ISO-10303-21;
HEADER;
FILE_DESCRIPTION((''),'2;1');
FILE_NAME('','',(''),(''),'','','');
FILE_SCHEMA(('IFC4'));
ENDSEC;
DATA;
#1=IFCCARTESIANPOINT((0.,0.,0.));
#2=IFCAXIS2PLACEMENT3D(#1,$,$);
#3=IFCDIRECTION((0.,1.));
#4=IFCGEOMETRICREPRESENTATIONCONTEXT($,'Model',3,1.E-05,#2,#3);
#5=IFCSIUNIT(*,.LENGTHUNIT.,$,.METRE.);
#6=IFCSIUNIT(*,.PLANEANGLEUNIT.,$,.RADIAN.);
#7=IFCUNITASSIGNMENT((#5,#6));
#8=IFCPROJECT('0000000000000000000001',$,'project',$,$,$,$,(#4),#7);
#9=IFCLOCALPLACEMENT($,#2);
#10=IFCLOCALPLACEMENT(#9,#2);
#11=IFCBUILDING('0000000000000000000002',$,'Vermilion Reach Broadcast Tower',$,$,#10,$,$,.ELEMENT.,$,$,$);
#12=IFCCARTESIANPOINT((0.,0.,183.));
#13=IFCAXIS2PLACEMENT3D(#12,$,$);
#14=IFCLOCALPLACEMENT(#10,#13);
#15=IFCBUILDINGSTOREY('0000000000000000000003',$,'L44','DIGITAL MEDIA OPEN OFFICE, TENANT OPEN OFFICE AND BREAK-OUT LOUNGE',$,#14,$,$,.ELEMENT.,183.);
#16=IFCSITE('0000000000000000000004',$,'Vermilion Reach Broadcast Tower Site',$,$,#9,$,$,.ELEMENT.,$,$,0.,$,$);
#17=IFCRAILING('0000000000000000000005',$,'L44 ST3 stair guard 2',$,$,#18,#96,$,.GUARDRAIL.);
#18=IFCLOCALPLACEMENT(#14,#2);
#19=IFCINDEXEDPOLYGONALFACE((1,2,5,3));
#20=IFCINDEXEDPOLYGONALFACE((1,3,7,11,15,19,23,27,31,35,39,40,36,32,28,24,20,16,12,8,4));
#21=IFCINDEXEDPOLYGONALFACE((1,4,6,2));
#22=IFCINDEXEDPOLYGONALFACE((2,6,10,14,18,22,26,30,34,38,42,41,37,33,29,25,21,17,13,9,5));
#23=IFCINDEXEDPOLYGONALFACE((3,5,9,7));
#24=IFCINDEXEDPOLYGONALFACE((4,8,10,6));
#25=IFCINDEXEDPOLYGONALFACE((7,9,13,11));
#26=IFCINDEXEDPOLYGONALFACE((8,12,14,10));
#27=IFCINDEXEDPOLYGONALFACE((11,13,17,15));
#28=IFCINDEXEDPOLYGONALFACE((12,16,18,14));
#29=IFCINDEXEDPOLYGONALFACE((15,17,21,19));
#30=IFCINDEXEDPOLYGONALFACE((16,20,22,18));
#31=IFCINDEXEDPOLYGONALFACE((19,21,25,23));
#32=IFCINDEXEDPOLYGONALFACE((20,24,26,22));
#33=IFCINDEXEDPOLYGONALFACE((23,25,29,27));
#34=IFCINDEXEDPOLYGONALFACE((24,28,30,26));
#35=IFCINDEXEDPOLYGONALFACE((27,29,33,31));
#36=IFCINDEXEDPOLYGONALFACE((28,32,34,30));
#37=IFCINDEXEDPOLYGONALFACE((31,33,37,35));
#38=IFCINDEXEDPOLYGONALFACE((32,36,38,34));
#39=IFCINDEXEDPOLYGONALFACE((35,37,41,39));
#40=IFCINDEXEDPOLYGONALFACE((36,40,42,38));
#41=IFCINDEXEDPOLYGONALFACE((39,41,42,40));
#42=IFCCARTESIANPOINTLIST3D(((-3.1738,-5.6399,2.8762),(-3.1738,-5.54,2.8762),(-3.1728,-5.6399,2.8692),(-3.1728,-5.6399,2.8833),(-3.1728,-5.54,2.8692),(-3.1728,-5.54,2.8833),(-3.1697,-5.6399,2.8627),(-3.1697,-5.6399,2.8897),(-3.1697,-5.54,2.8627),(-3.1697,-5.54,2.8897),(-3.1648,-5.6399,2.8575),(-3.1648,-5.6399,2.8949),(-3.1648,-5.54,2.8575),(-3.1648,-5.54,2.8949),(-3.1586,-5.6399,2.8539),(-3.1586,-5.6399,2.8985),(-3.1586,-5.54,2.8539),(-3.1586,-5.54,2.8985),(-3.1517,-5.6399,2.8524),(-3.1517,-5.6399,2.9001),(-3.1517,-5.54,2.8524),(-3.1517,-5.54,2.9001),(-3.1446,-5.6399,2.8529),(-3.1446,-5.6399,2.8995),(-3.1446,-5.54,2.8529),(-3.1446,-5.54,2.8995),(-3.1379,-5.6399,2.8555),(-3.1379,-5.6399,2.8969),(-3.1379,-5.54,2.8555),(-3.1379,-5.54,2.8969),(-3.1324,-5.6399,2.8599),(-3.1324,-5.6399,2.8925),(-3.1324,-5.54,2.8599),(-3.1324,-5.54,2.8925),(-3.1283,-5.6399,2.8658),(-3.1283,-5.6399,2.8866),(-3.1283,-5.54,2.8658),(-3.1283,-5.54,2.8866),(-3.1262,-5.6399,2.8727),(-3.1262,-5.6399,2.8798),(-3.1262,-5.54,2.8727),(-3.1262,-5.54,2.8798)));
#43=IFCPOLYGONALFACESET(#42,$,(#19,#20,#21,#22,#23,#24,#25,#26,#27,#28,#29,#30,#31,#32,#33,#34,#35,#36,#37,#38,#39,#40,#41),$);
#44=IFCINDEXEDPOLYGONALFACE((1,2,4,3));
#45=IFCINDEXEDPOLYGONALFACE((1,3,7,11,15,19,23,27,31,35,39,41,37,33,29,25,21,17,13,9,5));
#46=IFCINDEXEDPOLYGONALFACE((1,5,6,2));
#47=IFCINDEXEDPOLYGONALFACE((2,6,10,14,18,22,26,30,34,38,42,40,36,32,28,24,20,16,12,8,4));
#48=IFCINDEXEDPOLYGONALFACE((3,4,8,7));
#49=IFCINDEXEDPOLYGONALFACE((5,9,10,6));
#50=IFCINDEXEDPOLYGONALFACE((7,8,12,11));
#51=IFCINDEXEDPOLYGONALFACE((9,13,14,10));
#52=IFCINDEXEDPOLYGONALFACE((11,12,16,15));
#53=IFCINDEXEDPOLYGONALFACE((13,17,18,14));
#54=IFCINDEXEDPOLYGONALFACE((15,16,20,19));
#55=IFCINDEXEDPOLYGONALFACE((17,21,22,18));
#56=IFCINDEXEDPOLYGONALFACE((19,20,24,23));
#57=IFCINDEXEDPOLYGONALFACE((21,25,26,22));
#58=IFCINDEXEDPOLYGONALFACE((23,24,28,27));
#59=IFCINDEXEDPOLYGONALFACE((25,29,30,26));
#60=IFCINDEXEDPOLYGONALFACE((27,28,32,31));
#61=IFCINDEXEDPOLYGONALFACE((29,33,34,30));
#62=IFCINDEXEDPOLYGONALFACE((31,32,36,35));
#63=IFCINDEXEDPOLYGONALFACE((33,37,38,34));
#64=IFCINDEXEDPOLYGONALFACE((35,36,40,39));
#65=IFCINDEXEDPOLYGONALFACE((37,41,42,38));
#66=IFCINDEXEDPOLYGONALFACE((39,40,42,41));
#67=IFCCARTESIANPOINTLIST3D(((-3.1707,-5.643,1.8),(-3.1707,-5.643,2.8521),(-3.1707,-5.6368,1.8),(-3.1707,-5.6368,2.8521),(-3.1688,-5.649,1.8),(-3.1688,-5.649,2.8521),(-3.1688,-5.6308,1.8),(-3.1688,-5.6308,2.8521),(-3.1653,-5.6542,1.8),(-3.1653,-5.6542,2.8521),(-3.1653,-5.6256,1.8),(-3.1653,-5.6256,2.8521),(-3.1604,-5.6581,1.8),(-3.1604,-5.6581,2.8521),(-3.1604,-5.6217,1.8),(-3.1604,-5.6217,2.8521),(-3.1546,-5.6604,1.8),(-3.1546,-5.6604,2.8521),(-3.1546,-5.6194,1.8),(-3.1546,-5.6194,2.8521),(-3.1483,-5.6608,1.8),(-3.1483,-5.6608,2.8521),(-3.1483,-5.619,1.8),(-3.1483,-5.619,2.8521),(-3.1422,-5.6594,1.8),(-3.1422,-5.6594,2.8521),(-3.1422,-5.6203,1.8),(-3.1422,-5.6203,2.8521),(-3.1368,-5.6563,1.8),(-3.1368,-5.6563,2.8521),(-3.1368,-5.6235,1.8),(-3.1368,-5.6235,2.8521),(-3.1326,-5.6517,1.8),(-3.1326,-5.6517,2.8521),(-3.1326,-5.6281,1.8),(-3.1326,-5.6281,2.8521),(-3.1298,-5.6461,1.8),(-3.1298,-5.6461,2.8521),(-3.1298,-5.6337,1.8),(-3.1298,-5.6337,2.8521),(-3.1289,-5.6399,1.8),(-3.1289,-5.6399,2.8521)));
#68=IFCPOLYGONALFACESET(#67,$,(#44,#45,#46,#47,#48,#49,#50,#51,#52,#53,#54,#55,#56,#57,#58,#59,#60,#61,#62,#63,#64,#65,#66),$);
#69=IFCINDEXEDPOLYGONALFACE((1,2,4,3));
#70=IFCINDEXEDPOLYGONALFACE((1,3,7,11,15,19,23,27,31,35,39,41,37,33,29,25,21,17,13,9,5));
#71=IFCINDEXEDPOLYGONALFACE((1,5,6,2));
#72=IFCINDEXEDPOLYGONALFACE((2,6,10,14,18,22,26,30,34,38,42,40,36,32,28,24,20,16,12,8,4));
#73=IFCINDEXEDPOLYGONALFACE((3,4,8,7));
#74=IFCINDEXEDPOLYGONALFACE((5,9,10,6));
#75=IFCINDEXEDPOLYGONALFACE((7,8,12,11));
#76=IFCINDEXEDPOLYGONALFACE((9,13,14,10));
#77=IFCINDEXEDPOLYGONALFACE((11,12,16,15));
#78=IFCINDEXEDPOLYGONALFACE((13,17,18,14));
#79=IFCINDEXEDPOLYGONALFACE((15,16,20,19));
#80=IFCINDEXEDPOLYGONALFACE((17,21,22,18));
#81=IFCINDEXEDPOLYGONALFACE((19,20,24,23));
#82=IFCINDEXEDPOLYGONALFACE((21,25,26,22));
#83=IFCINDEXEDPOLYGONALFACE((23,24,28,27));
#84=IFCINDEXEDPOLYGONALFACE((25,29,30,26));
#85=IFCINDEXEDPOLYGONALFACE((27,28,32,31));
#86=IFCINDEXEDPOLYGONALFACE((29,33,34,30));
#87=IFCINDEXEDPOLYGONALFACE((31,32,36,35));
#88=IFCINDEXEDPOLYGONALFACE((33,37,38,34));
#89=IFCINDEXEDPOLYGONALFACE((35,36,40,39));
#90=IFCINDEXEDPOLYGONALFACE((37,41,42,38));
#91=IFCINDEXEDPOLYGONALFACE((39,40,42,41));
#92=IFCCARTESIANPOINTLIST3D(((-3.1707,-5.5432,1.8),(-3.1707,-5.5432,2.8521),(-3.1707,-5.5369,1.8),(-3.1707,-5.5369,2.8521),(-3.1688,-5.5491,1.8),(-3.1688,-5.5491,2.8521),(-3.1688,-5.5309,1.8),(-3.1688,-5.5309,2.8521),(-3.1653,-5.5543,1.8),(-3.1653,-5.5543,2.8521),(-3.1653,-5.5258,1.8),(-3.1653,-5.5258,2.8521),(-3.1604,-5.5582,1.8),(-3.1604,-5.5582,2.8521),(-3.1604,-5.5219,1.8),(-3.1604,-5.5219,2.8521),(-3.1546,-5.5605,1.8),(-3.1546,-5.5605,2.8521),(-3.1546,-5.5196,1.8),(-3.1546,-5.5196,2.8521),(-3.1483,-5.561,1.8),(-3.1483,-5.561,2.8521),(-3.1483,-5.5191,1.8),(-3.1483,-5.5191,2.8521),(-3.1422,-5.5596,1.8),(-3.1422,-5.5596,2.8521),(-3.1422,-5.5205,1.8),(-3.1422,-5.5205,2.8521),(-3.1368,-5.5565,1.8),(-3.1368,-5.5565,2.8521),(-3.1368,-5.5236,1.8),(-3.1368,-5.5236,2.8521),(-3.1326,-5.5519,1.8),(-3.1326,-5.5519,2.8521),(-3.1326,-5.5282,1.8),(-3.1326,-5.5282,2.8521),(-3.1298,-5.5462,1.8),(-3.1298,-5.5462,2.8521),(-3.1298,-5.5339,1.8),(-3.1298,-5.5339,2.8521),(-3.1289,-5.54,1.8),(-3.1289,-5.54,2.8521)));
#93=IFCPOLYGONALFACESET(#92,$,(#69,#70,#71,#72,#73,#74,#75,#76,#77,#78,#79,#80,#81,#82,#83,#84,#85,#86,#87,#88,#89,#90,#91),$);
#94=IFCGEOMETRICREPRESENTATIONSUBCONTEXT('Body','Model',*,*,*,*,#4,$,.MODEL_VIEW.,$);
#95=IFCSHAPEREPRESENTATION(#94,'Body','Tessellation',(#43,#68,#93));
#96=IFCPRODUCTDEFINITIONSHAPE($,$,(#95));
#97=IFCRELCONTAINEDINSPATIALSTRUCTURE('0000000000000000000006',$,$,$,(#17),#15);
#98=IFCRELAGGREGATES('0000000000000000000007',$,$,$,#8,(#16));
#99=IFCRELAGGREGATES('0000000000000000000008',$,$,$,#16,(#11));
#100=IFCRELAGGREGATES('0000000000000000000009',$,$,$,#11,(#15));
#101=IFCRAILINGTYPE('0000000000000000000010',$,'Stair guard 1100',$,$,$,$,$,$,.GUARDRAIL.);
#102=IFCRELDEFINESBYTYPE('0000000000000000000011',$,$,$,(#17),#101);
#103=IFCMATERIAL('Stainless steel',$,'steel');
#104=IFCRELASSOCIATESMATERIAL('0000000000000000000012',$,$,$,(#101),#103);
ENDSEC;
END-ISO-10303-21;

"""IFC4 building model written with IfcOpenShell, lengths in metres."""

from ifc_helpers import new_model, si_unit, direction, frame, origin, origin_2d, place, context, subcontext, project, spatial, circle, extrude, material, type_object, element, save


model = new_model("IFC4")

# Units and contexts
model_context = context("Model", 3, precision=1e-05, world=origin(), true_north=direction((0.0, 1.0)))
body_context = subcontext(model_context, "Body", "Model", "MODEL_VIEW")
ifc_project = project(units=[si_unit("LENGTHUNIT", "METRE"), si_unit("PLANEANGLEUNIT", "RADIAN")], contexts=[model_context])

# Site, building, storey
site_placement = place(None, origin())
site = spatial("IfcSite", under=ifc_project, at=site_placement, Name="Vermilion Reach Broadcast Tower Site", CompositionType="ELEMENT", RefElevation=0.0)
building_placement = place(site_placement, origin())
building = spatial("IfcBuilding", under=site, at=building_placement, Name="Vermilion Reach Broadcast Tower", CompositionType="ELEMENT")
storey_placement = place(building_placement, frame((0.0, 0.0, 183.0)))
storey = spatial("IfcBuildingStorey", under=building, at=storey_placement, Name="L44", Description="DIGITAL MEDIA OPEN OFFICE, TENANT OPEN OFFICE AND BREAK-OUT LOUNGE", CompositionType="ELEMENT", Elevation=183.0)

# Railing
ifc_material_1 = material(Name="Stainless steel", Category="steel")
railing_type_1 = type_object("IfcRailingType", Name="Stair guard 1100", PredefinedType="GUARDRAIL", material=ifc_material_1)
railing_1_placement = place(storey_placement, frame((-3.1499, -5.6399, 1.8)))
element("IfcRailing", 1, at=railing_1_placement, inside=storey, type_object=railing_type_1, Name="L44 ST3 stair guard 2", PredefinedType="GUARDRAIL", context=body_context, shape_type="SweptSolid", body=[
    extrude(circle(Radius=0.0239, at=origin_2d()), frame((0.0, 0.0, 1.0762), z_axis=(0.0, 1.0, 0.0), x_axis=(-1.0, 0.0, 0.0)), (0.0, 0.0, 1.0), 0.0999),
    extrude(circle(Radius=0.021, at=origin_2d()), origin(), (0.0, 0.0, 1.0), 1.052),
    extrude(circle(Radius=0.021, at=origin_2d()), frame((0.0, 0.0999, 0.0)), (0.0, 0.0, 1.0), 1.052),
])

save(model, "model.ifc")
